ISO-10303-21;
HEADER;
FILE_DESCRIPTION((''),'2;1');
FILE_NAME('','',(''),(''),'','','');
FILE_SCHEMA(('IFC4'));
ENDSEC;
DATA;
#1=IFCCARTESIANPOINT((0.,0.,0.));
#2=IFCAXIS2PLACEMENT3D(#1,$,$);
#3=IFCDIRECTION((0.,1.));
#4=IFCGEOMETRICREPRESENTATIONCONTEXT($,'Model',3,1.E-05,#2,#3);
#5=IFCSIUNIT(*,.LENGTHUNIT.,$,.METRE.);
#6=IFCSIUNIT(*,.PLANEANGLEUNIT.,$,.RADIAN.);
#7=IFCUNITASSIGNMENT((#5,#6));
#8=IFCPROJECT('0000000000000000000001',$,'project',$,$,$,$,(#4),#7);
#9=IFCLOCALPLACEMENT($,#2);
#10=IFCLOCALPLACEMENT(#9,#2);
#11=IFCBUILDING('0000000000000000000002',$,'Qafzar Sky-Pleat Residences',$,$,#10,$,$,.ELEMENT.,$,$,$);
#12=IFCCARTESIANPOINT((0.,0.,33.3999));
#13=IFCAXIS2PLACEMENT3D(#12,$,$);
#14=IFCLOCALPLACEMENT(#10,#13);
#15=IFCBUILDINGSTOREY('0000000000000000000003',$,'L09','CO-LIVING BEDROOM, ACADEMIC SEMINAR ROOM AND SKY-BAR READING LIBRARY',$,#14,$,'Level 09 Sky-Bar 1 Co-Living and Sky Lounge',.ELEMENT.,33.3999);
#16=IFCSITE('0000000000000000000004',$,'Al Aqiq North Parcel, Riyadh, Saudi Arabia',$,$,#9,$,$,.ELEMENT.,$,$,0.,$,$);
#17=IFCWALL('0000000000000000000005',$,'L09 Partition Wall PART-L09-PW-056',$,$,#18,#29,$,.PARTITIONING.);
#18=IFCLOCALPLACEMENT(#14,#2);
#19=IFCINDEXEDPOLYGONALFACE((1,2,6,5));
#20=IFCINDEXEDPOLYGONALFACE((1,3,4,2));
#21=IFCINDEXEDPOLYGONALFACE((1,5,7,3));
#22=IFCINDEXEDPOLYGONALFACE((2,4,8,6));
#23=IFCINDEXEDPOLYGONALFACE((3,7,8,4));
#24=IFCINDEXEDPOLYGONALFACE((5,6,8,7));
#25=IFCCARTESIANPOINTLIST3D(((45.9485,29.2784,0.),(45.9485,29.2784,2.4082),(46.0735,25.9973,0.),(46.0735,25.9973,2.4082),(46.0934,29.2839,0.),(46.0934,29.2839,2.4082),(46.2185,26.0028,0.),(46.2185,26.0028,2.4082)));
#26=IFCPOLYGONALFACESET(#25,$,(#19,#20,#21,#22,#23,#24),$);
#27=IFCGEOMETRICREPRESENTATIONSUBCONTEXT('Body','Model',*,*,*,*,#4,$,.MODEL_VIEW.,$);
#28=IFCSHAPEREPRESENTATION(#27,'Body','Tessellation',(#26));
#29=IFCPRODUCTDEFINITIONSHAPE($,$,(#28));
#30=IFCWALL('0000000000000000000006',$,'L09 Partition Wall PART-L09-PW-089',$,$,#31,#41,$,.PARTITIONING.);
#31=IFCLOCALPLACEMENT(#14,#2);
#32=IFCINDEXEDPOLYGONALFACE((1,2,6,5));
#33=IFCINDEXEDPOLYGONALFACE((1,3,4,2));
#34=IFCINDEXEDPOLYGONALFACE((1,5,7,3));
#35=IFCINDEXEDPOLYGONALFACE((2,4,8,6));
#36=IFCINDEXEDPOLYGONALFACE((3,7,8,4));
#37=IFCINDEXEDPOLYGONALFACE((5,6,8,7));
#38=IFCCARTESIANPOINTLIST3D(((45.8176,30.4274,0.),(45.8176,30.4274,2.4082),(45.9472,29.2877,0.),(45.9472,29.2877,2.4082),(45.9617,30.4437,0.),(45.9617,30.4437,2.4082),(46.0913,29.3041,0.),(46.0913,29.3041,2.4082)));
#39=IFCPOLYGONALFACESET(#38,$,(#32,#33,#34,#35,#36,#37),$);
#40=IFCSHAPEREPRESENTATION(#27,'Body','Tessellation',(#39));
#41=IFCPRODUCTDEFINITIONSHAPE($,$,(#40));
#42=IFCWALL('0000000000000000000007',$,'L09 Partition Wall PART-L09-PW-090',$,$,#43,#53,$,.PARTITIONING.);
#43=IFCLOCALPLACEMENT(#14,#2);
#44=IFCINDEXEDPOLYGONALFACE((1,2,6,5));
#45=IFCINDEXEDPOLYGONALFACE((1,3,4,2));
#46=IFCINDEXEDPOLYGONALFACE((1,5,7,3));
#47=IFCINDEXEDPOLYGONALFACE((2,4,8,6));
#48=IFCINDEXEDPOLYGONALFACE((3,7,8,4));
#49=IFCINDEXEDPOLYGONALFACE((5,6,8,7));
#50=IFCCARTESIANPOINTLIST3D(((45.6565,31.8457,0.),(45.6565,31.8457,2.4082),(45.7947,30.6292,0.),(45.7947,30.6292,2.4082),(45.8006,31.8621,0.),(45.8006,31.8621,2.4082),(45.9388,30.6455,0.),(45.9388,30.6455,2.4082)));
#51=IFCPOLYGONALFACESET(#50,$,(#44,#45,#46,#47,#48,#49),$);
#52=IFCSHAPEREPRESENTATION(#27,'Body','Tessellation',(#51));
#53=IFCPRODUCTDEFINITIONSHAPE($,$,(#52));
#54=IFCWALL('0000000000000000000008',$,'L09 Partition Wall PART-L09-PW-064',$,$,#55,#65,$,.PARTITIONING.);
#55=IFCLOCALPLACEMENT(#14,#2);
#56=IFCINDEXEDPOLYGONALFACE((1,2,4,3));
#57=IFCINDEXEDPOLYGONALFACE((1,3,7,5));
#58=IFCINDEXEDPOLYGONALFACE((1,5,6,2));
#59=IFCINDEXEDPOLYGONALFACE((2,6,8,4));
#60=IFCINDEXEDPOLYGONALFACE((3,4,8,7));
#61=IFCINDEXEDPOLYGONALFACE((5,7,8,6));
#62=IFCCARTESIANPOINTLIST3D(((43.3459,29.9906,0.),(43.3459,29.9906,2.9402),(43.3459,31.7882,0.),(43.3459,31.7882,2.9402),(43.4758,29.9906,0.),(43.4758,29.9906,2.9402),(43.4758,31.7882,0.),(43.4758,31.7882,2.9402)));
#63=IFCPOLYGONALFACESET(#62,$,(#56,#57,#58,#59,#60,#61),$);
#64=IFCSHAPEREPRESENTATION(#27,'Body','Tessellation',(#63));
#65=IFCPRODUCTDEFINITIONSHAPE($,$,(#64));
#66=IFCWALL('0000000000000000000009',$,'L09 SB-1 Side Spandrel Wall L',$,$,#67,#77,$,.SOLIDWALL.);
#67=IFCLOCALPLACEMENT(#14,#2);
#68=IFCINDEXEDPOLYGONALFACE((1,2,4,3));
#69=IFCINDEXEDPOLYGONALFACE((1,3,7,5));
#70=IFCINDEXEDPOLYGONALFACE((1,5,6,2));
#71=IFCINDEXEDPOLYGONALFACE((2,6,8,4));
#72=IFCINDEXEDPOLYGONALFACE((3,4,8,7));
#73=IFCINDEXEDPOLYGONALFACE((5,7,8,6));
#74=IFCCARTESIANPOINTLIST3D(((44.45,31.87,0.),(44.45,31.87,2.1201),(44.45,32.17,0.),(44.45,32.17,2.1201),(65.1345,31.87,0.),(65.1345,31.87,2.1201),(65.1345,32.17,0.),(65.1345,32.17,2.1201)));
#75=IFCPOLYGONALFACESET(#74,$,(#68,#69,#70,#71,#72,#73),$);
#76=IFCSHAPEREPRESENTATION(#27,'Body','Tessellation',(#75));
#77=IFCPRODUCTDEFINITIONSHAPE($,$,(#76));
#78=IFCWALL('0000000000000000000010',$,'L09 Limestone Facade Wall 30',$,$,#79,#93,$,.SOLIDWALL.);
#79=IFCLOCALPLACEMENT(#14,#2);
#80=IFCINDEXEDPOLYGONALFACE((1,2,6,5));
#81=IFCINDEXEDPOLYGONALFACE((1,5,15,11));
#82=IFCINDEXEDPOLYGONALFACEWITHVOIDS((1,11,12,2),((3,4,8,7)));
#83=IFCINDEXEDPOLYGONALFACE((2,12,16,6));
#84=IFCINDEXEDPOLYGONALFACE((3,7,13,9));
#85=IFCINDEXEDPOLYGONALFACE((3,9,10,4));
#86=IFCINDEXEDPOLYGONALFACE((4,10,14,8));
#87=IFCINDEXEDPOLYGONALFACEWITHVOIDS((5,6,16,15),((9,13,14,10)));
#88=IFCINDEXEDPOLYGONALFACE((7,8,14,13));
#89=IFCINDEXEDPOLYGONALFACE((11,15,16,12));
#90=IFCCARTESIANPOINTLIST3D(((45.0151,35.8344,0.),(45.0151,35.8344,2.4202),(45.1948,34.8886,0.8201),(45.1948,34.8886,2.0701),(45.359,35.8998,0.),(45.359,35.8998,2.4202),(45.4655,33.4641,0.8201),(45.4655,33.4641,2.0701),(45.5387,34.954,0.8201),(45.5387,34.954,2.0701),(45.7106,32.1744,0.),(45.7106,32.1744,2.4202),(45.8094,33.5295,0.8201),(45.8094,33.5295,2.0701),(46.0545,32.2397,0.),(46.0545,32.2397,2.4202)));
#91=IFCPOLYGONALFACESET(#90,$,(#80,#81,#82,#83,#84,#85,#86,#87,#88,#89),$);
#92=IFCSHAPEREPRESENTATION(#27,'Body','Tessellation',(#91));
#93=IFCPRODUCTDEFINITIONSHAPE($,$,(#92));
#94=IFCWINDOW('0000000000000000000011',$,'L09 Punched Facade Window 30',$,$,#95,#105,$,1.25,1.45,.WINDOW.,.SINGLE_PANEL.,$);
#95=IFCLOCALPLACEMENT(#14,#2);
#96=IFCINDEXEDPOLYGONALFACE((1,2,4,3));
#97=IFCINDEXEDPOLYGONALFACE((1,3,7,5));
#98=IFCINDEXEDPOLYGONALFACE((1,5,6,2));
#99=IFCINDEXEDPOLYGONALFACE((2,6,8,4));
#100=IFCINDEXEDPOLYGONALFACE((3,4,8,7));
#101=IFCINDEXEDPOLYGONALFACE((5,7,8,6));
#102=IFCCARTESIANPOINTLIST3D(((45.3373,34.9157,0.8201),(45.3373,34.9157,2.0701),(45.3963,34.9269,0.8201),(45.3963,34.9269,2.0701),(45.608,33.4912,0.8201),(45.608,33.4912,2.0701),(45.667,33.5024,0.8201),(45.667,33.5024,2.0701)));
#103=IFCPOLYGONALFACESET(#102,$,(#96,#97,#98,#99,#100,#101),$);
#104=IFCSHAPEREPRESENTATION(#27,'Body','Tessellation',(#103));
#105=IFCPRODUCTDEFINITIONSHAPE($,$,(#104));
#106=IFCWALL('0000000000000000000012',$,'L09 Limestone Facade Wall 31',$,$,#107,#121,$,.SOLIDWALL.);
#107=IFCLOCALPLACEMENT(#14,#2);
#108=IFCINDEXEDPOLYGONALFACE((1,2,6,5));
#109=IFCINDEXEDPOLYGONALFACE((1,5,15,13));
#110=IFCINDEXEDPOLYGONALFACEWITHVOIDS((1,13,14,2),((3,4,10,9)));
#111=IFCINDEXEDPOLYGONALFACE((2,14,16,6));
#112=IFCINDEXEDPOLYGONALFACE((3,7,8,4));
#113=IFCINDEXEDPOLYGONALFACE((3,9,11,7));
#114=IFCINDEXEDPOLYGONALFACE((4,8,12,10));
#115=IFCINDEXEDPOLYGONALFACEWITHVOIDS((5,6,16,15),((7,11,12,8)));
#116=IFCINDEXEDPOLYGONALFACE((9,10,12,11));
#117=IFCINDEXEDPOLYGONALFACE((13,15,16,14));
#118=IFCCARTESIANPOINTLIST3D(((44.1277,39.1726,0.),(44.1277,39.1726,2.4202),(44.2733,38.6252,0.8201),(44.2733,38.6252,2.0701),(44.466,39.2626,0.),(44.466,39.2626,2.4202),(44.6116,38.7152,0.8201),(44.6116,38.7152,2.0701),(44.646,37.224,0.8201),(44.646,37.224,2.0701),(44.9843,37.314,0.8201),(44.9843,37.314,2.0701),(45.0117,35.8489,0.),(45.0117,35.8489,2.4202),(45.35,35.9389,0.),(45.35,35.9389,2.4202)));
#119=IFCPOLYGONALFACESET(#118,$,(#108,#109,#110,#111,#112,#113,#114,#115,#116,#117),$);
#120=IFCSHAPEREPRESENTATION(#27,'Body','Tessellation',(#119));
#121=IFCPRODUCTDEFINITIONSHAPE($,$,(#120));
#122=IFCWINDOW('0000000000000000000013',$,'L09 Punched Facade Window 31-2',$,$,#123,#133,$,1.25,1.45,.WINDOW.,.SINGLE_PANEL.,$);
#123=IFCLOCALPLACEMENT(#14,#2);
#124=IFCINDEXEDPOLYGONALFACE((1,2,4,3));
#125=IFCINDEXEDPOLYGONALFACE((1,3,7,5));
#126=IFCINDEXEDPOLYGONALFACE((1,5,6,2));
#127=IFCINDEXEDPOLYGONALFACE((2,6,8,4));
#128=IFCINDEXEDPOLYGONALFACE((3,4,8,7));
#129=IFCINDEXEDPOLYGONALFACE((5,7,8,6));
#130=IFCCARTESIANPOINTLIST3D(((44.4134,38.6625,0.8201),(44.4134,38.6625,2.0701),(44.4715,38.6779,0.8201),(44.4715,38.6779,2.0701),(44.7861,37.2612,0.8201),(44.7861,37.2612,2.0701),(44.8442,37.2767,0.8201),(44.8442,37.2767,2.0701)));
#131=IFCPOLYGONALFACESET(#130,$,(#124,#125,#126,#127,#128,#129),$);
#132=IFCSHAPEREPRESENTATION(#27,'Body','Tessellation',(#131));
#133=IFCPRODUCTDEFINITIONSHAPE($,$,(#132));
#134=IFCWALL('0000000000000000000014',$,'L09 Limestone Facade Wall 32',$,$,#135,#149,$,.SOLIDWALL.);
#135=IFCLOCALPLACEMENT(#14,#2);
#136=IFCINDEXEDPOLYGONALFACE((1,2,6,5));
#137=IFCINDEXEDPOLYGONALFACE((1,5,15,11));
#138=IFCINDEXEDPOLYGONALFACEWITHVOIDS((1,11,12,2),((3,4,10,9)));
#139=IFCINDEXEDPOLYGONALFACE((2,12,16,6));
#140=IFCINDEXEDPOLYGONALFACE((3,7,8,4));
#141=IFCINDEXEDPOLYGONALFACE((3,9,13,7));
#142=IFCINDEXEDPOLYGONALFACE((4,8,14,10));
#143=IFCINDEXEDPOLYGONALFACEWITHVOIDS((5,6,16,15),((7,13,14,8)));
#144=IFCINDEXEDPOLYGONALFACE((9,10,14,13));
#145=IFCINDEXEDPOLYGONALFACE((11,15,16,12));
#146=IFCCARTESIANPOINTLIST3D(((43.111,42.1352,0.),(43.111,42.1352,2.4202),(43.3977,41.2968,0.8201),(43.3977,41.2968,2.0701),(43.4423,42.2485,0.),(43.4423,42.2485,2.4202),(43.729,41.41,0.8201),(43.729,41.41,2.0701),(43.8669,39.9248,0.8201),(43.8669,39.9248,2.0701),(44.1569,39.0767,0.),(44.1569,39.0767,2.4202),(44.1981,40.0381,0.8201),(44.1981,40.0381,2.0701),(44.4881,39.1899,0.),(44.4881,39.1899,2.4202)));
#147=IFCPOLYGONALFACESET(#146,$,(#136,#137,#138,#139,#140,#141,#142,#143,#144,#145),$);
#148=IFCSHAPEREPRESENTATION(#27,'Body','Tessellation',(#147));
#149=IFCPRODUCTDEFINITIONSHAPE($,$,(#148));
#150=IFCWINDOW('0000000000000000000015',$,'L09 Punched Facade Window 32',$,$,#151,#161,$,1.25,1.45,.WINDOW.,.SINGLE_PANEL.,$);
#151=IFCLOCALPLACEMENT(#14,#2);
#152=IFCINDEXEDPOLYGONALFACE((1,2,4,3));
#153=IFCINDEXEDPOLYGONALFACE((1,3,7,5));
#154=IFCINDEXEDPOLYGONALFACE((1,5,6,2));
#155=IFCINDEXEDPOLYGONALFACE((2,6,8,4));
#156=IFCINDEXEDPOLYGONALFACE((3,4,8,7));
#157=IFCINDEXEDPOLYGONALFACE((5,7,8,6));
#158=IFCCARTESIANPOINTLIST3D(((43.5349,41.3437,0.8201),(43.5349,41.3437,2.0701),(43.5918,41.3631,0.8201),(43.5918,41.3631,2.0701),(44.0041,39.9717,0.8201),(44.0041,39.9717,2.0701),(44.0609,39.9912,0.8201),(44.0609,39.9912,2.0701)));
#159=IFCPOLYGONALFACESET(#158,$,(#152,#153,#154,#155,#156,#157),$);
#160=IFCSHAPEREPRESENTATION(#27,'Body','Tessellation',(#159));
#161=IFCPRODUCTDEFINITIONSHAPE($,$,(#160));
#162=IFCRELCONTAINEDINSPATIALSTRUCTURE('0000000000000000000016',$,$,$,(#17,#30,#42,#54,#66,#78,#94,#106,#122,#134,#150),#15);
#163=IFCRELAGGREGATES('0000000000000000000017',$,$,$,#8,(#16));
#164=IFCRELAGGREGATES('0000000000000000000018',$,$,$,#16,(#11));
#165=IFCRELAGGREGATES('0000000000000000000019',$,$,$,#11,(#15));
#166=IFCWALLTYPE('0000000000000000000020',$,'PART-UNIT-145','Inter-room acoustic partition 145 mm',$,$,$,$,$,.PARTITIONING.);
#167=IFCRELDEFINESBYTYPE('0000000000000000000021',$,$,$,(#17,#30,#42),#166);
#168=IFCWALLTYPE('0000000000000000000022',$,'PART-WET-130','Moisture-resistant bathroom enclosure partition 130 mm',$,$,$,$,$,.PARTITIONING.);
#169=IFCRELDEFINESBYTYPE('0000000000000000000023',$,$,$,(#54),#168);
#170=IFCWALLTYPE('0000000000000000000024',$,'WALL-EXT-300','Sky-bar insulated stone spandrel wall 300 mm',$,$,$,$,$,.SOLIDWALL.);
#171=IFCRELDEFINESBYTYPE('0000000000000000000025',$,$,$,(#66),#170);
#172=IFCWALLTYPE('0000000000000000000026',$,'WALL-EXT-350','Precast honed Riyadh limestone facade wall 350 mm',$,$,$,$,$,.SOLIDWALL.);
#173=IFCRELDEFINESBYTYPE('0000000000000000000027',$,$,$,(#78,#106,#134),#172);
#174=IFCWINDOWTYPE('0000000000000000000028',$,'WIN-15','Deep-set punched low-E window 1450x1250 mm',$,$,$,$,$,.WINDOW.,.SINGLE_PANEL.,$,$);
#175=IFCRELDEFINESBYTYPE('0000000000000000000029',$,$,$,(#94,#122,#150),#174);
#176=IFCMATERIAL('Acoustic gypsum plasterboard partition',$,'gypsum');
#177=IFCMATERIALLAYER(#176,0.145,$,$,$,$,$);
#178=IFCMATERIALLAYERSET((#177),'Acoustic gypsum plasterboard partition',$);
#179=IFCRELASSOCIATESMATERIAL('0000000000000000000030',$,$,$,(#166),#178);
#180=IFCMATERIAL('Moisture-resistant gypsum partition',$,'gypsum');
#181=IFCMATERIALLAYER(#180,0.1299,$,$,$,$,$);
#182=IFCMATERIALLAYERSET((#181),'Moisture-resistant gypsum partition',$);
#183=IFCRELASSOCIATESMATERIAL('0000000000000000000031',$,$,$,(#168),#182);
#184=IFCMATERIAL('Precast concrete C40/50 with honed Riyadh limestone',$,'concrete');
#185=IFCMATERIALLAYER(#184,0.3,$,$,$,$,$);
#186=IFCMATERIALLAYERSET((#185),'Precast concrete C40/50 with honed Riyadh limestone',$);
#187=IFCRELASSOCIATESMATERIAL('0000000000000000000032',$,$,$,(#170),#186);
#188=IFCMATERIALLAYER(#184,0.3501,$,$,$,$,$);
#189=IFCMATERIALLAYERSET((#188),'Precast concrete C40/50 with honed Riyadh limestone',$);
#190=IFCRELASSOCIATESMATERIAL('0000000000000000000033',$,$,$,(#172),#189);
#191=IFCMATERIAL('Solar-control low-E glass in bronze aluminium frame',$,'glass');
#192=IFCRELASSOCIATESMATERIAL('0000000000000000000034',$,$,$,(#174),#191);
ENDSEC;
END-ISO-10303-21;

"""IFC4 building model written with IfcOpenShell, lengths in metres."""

from ifc_helpers import new_model, si_unit, direction, frame, frame_2d, origin, place, context, subcontext, project, spatial, rectangle, extrude, source, transform, mapped, material, layer, layer_set, type_object, element, fill, save


model = new_model("IFC4")

# Units and contexts
model_context = context("Model", 3, precision=1e-05, world=origin(), true_north=direction((0.0, 1.0)))
body_context = subcontext(model_context, "Body", "Model", "MODEL_VIEW")
ifc_project = project(units=[si_unit("LENGTHUNIT", "METRE"), si_unit("PLANEANGLEUNIT", "RADIAN")], contexts=[model_context])

# Site, building, storey
site_placement = place(None, origin())
site = spatial("IfcSite", under=ifc_project, at=site_placement, Name="Al Aqiq North Parcel, Riyadh, Saudi Arabia", CompositionType="ELEMENT", RefElevation=0.0)
building_placement = place(site_placement, origin())
building = spatial("IfcBuilding", under=site, at=building_placement, Name="Qafzar Sky-Pleat Residences", CompositionType="ELEMENT")
storey_placement = place(building_placement, frame((0.0, 0.0, 33.3999)))
storey = spatial("IfcBuildingStorey", under=building, at=storey_placement, Name="L09", Description="CO-LIVING BEDROOM, ACADEMIC SEMINAR ROOM AND SKY-BAR READING LIBRARY", LongName="Level 09 Sky-Bar 1 Co-Living and Sky Lounge", CompositionType="ELEMENT", Elevation=33.3999)

# Walls
ifc_material_1 = material(Name="Acoustic gypsum plasterboard partition", Category="gypsum")
ifc_layer_1 = layer(ifc_material_1, 0.145)
ifc_layer_set_1 = layer_set([ifc_layer_1], Name="Acoustic gypsum plasterboard partition")
wall_type_1 = type_object("IfcWallType", Name="PART-UNIT-145", Description="Inter-room acoustic partition 145 mm", PredefinedType="PARTITIONING", material=ifc_layer_set_1)
wall_1_placement = place(storey_placement, frame((46.021, 29.281, 0.0), z_axis=(0.0, 0.0, 1.0), x_axis=(0.03807, -0.999275, 0.0)))
element("IfcWall", 1, at=wall_1_placement, inside=storey, type_object=wall_type_1, Name="L09 Partition Wall PART-L09-PW-056", PredefinedType="PARTITIONING", context=body_context, shape_type="SweptSolid", body=[
    extrude(rectangle(XDim=3.2834, YDim=0.145, at=frame_2d((1.6416, 0.0))), origin(), (0.0, 0.0, 1.0), 2.4082),
])
wall_2_placement = place(storey_placement, frame((45.8896, 30.4355, 0.0), z_axis=(0.0, 0.0, 1.0), x_axis=(0.113024, -0.993592, 0.0)))
element("IfcWall", 2, at=wall_2_placement, inside=storey, type_object=wall_type_1, Name="L09 Partition Wall PART-L09-PW-089", PredefinedType="PARTITIONING", context=body_context, shape_type="SweptSolid", body=[
    extrude(rectangle(XDim=1.147, YDim=0.145, at=frame_2d((0.5735, 0.0))), origin(), (0.0, 0.0, 1.0), 2.4082),
])
wall_3_placement = place(storey_placement, frame((45.7285, 31.854, 0.0), z_axis=(0.0, 0.0, 1.0), x_axis=(0.11286, -0.993611, 0.0)))
element("IfcWall", 3, at=wall_3_placement, inside=storey, type_object=wall_type_1, Name="L09 Partition Wall PART-L09-PW-090", PredefinedType="PARTITIONING", context=body_context, shape_type="SweptSolid", body=[
    extrude(rectangle(XDim=1.2244, YDim=0.145, at=frame_2d((0.6123, 0.0))), origin(), (0.0, 0.0, 1.0), 2.4082),
])
ifc_material_2 = material(Name="Moisture-resistant gypsum partition", Category="gypsum")
ifc_layer_2 = layer(ifc_material_2, 0.1299)
ifc_layer_set_2 = layer_set([ifc_layer_2], Name="Moisture-resistant gypsum partition")
wall_type_2 = type_object("IfcWallType", Name="PART-WET-130", Description="Moisture-resistant bathroom enclosure partition 130 mm", PredefinedType="PARTITIONING", material=ifc_layer_set_2)
wall_4_placement = place(storey_placement, frame((43.4109, 29.9905, 0.0), z_axis=(0.0, 0.0, 1.0), x_axis=(0.0, 1.0, 0.0)))
element("IfcWall", 4, at=wall_4_placement, inside=storey, type_object=wall_type_2, Name="L09 Partition Wall PART-L09-PW-064", PredefinedType="PARTITIONING", context=body_context, shape_type="SweptSolid", body=[
    extrude(rectangle(XDim=1.7976, YDim=0.1299, at=frame_2d((0.8989, 0.0))), origin(), (0.0, 0.0, 1.0), 2.9402),
])
ifc_material_3 = material(Name="Precast concrete C40/50 with honed Riyadh limestone", Category="concrete")
ifc_layer_3 = layer(ifc_material_3, 0.3)
ifc_layer_set_3 = layer_set([ifc_layer_3], Name="Precast concrete C40/50 with honed Riyadh limestone")
wall_type_3 = type_object("IfcWallType", Name="WALL-EXT-300", Description="Sky-bar insulated stone spandrel wall 300 mm", PredefinedType="SOLIDWALL", material=ifc_layer_set_3)
wall_5_placement = place(storey_placement, frame((44.45, 32.02, 0.0), z_axis=(0.0, 0.0, 1.0), x_axis=(1.0, 0.0, 0.0)))
element("IfcWall", 5, at=wall_5_placement, inside=storey, type_object=wall_type_3, Name="L09 SB-1 Side Spandrel Wall L", PredefinedType="SOLIDWALL", context=body_context, shape_type="SweptSolid", body=[
    extrude(rectangle(XDim=20.6846, YDim=0.3, at=frame_2d((10.3423, 0.0))), origin(), (0.0, 0.0, 1.0), 2.1201),
])

# Walls, openings, windows
ifc_layer_4 = layer(ifc_material_3, 0.3501)
ifc_layer_set_4 = layer_set([ifc_layer_4], Name="Precast concrete C40/50 with honed Riyadh limestone")
wall_type_4 = type_object("IfcWallType", Name="WALL-EXT-350", Description="Precast honed Riyadh limestone facade wall 350 mm", PredefinedType="SOLIDWALL", material=ifc_layer_set_4)
wall_6_placement = place(storey_placement, frame((45.8826, 32.207, 0.0), z_axis=(0.0, 0.0, 1.0), x_axis=(-0.186694, 0.982418, 0.0)))
wall_6 = element("IfcWall", 6, at=wall_6_placement, inside=storey, type_object=wall_type_4, Name="L09 Limestone Facade Wall 30", PredefinedType="SOLIDWALL", context=body_context, shape_type="SweptSolid", body=[
    extrude(rectangle(XDim=3.7256, YDim=0.3501, at=frame_2d((1.8628, 0.0))), origin(), (0.0, 0.0, 1.0), 2.4202),
])
opening_1_placement = place(wall_6_placement, frame((1.3127, 0.0, 0.8201)))
opening_1 = element("IfcOpeningElement", 7, at=opening_1_placement, cuts=wall_6, PredefinedType="OPENING", context=body_context, shape_type="SweptSolid", body=[
    extrude(rectangle(XDim=1.45, YDim=1.25, at=frame_2d((0.7251, 0.625))), frame((0.0, 0.1851, 0.0), z_axis=(0.0, -1.0, 0.0), x_axis=(1.0, 0.0, 0.0)), (0.0, 0.0, 1.0), 0.3701),
])
ifc_material_4 = material(Name="Solar-control low-E glass in bronze aluminium frame", Category="glass")
window_type = type_object("IfcWindowType", Name="WIN-15", Description="Deep-set punched low-E window 1450x1250 mm", PartitioningType="SINGLE_PANEL", PredefinedType="WINDOW", material=ifc_material_4)
shared_shape_1 = source(origin(), body_context, "Body", "SweptSolid", [
    extrude(rectangle(XDim=1.45, YDim=1.25, at=frame_2d((0.7251, 0.625))), frame((0.0, 0.03, 0.0), z_axis=(0.0, -1.0, 0.0), x_axis=(1.0, 0.0, 0.0)), (0.0, 0.0, 1.0), 0.0601),
])
window_1_placement = place(opening_1_placement, origin())
window_1 = element("IfcWindow", 8, at=window_1_placement, inside=storey, type_object=window_type, Name="L09 Punched Facade Window 30", OverallHeight=1.25, OverallWidth=1.45, PartitioningType="SINGLE_PANEL", PredefinedType="WINDOW", context=body_context, shape_type="MappedRepresentation", body=[
    mapped(shared_shape_1, transform((0.0, 0.0, 0.0), x_axis=(1.0, 0.0, 0.0), y_axis=(0.0, 1.0, 0.0), z_axis=(0.0, 0.0, 1.0), scale=1.0)),
])
fill(opening_1, window_1)
wall_7_placement = place(storey_placement, frame((45.1809, 35.8938, 0.0), z_axis=(0.0, 0.0, 1.0), x_axis=(-0.25704, 0.966401, 0.0)))
wall_7 = element("IfcWall", 9, at=wall_7_placement, inside=storey, type_object=wall_type_4, Name="L09 Limestone Facade Wall 31", PredefinedType="SOLIDWALL", context=body_context, shape_type="SweptSolid", body=[
    extrude(rectangle(XDim=3.4392, YDim=0.3501, at=frame_2d((1.7197, 0.0))), origin(), (0.0, 0.0, 1.0), 2.4202),
])
opening_2_placement = place(wall_7_placement, frame((1.4229, 0.0, 0.8201)))
opening_2 = element("IfcOpeningElement", 10, at=opening_2_placement, cuts=wall_7, PredefinedType="OPENING", context=body_context, shape_type="SweptSolid", body=[
    extrude(rectangle(XDim=1.45, YDim=1.25, at=frame_2d((0.7251, 0.625))), frame((0.0, 0.1851, 0.0), z_axis=(0.0, -1.0, 0.0), x_axis=(1.0, 0.0, 0.0)), (0.0, 0.0, 1.0), 0.3701),
])
window_2_placement = place(opening_2_placement, origin())
window_2 = element("IfcWindow", 11, at=window_2_placement, inside=storey, type_object=window_type, Name="L09 Punched Facade Window 31-2", OverallHeight=1.25, OverallWidth=1.45, PartitioningType="SINGLE_PANEL", PredefinedType="WINDOW", context=body_context, shape_type="MappedRepresentation", body=[
    mapped(shared_shape_1, transform((0.0, 0.0, 0.0), x_axis=(1.0, 0.0, 0.0), y_axis=(0.0, 1.0, 0.0), z_axis=(0.0, 0.0, 1.0), scale=1.0)),
])
fill(opening_2, window_2)
wall_8_placement = place(storey_placement, frame((44.3225, 39.1333, 0.0), z_axis=(0.0, 0.0, 1.0), x_axis=(-0.32356, 0.946208, 0.0)))
wall_8 = element("IfcWall", 12, at=wall_8_placement, inside=storey, type_object=wall_type_4, Name="L09 Limestone Facade Wall 32", PredefinedType="SOLIDWALL", context=body_context, shape_type="SweptSolid", body=[
    extrude(rectangle(XDim=3.2324, YDim=0.3501, at=frame_2d((1.6162, 0.0))), origin(), (0.0, 0.0, 1.0), 2.4202),
])
opening_3_placement = place(wall_8_placement, frame((0.8962, 0.0, 0.8201)))
opening_3 = element("IfcOpeningElement", 13, at=opening_3_placement, cuts=wall_8, PredefinedType="OPENING", context=body_context, shape_type="SweptSolid", body=[
    extrude(rectangle(XDim=1.45, YDim=1.25, at=frame_2d((0.7251, 0.625))), frame((0.0, 0.1851, 0.0), z_axis=(0.0, -1.0, 0.0), x_axis=(1.0, 0.0, 0.0)), (0.0, 0.0, 1.0), 0.3701),
])
window_3_placement = place(opening_3_placement, origin())
window_3 = element("IfcWindow", 14, at=window_3_placement, inside=storey, type_object=window_type, Name="L09 Punched Facade Window 32", OverallHeight=1.25, OverallWidth=1.45, PartitioningType="SINGLE_PANEL", PredefinedType="WINDOW", context=body_context, shape_type="MappedRepresentation", body=[
    mapped(shared_shape_1, transform((0.0, 0.0, 0.0), x_axis=(1.0, 0.0, 0.0), y_axis=(0.0, 1.0, 0.0), z_axis=(0.0, 0.0, 1.0), scale=1.0)),
])
fill(opening_3, window_3)

save(model, "model.ifc")
